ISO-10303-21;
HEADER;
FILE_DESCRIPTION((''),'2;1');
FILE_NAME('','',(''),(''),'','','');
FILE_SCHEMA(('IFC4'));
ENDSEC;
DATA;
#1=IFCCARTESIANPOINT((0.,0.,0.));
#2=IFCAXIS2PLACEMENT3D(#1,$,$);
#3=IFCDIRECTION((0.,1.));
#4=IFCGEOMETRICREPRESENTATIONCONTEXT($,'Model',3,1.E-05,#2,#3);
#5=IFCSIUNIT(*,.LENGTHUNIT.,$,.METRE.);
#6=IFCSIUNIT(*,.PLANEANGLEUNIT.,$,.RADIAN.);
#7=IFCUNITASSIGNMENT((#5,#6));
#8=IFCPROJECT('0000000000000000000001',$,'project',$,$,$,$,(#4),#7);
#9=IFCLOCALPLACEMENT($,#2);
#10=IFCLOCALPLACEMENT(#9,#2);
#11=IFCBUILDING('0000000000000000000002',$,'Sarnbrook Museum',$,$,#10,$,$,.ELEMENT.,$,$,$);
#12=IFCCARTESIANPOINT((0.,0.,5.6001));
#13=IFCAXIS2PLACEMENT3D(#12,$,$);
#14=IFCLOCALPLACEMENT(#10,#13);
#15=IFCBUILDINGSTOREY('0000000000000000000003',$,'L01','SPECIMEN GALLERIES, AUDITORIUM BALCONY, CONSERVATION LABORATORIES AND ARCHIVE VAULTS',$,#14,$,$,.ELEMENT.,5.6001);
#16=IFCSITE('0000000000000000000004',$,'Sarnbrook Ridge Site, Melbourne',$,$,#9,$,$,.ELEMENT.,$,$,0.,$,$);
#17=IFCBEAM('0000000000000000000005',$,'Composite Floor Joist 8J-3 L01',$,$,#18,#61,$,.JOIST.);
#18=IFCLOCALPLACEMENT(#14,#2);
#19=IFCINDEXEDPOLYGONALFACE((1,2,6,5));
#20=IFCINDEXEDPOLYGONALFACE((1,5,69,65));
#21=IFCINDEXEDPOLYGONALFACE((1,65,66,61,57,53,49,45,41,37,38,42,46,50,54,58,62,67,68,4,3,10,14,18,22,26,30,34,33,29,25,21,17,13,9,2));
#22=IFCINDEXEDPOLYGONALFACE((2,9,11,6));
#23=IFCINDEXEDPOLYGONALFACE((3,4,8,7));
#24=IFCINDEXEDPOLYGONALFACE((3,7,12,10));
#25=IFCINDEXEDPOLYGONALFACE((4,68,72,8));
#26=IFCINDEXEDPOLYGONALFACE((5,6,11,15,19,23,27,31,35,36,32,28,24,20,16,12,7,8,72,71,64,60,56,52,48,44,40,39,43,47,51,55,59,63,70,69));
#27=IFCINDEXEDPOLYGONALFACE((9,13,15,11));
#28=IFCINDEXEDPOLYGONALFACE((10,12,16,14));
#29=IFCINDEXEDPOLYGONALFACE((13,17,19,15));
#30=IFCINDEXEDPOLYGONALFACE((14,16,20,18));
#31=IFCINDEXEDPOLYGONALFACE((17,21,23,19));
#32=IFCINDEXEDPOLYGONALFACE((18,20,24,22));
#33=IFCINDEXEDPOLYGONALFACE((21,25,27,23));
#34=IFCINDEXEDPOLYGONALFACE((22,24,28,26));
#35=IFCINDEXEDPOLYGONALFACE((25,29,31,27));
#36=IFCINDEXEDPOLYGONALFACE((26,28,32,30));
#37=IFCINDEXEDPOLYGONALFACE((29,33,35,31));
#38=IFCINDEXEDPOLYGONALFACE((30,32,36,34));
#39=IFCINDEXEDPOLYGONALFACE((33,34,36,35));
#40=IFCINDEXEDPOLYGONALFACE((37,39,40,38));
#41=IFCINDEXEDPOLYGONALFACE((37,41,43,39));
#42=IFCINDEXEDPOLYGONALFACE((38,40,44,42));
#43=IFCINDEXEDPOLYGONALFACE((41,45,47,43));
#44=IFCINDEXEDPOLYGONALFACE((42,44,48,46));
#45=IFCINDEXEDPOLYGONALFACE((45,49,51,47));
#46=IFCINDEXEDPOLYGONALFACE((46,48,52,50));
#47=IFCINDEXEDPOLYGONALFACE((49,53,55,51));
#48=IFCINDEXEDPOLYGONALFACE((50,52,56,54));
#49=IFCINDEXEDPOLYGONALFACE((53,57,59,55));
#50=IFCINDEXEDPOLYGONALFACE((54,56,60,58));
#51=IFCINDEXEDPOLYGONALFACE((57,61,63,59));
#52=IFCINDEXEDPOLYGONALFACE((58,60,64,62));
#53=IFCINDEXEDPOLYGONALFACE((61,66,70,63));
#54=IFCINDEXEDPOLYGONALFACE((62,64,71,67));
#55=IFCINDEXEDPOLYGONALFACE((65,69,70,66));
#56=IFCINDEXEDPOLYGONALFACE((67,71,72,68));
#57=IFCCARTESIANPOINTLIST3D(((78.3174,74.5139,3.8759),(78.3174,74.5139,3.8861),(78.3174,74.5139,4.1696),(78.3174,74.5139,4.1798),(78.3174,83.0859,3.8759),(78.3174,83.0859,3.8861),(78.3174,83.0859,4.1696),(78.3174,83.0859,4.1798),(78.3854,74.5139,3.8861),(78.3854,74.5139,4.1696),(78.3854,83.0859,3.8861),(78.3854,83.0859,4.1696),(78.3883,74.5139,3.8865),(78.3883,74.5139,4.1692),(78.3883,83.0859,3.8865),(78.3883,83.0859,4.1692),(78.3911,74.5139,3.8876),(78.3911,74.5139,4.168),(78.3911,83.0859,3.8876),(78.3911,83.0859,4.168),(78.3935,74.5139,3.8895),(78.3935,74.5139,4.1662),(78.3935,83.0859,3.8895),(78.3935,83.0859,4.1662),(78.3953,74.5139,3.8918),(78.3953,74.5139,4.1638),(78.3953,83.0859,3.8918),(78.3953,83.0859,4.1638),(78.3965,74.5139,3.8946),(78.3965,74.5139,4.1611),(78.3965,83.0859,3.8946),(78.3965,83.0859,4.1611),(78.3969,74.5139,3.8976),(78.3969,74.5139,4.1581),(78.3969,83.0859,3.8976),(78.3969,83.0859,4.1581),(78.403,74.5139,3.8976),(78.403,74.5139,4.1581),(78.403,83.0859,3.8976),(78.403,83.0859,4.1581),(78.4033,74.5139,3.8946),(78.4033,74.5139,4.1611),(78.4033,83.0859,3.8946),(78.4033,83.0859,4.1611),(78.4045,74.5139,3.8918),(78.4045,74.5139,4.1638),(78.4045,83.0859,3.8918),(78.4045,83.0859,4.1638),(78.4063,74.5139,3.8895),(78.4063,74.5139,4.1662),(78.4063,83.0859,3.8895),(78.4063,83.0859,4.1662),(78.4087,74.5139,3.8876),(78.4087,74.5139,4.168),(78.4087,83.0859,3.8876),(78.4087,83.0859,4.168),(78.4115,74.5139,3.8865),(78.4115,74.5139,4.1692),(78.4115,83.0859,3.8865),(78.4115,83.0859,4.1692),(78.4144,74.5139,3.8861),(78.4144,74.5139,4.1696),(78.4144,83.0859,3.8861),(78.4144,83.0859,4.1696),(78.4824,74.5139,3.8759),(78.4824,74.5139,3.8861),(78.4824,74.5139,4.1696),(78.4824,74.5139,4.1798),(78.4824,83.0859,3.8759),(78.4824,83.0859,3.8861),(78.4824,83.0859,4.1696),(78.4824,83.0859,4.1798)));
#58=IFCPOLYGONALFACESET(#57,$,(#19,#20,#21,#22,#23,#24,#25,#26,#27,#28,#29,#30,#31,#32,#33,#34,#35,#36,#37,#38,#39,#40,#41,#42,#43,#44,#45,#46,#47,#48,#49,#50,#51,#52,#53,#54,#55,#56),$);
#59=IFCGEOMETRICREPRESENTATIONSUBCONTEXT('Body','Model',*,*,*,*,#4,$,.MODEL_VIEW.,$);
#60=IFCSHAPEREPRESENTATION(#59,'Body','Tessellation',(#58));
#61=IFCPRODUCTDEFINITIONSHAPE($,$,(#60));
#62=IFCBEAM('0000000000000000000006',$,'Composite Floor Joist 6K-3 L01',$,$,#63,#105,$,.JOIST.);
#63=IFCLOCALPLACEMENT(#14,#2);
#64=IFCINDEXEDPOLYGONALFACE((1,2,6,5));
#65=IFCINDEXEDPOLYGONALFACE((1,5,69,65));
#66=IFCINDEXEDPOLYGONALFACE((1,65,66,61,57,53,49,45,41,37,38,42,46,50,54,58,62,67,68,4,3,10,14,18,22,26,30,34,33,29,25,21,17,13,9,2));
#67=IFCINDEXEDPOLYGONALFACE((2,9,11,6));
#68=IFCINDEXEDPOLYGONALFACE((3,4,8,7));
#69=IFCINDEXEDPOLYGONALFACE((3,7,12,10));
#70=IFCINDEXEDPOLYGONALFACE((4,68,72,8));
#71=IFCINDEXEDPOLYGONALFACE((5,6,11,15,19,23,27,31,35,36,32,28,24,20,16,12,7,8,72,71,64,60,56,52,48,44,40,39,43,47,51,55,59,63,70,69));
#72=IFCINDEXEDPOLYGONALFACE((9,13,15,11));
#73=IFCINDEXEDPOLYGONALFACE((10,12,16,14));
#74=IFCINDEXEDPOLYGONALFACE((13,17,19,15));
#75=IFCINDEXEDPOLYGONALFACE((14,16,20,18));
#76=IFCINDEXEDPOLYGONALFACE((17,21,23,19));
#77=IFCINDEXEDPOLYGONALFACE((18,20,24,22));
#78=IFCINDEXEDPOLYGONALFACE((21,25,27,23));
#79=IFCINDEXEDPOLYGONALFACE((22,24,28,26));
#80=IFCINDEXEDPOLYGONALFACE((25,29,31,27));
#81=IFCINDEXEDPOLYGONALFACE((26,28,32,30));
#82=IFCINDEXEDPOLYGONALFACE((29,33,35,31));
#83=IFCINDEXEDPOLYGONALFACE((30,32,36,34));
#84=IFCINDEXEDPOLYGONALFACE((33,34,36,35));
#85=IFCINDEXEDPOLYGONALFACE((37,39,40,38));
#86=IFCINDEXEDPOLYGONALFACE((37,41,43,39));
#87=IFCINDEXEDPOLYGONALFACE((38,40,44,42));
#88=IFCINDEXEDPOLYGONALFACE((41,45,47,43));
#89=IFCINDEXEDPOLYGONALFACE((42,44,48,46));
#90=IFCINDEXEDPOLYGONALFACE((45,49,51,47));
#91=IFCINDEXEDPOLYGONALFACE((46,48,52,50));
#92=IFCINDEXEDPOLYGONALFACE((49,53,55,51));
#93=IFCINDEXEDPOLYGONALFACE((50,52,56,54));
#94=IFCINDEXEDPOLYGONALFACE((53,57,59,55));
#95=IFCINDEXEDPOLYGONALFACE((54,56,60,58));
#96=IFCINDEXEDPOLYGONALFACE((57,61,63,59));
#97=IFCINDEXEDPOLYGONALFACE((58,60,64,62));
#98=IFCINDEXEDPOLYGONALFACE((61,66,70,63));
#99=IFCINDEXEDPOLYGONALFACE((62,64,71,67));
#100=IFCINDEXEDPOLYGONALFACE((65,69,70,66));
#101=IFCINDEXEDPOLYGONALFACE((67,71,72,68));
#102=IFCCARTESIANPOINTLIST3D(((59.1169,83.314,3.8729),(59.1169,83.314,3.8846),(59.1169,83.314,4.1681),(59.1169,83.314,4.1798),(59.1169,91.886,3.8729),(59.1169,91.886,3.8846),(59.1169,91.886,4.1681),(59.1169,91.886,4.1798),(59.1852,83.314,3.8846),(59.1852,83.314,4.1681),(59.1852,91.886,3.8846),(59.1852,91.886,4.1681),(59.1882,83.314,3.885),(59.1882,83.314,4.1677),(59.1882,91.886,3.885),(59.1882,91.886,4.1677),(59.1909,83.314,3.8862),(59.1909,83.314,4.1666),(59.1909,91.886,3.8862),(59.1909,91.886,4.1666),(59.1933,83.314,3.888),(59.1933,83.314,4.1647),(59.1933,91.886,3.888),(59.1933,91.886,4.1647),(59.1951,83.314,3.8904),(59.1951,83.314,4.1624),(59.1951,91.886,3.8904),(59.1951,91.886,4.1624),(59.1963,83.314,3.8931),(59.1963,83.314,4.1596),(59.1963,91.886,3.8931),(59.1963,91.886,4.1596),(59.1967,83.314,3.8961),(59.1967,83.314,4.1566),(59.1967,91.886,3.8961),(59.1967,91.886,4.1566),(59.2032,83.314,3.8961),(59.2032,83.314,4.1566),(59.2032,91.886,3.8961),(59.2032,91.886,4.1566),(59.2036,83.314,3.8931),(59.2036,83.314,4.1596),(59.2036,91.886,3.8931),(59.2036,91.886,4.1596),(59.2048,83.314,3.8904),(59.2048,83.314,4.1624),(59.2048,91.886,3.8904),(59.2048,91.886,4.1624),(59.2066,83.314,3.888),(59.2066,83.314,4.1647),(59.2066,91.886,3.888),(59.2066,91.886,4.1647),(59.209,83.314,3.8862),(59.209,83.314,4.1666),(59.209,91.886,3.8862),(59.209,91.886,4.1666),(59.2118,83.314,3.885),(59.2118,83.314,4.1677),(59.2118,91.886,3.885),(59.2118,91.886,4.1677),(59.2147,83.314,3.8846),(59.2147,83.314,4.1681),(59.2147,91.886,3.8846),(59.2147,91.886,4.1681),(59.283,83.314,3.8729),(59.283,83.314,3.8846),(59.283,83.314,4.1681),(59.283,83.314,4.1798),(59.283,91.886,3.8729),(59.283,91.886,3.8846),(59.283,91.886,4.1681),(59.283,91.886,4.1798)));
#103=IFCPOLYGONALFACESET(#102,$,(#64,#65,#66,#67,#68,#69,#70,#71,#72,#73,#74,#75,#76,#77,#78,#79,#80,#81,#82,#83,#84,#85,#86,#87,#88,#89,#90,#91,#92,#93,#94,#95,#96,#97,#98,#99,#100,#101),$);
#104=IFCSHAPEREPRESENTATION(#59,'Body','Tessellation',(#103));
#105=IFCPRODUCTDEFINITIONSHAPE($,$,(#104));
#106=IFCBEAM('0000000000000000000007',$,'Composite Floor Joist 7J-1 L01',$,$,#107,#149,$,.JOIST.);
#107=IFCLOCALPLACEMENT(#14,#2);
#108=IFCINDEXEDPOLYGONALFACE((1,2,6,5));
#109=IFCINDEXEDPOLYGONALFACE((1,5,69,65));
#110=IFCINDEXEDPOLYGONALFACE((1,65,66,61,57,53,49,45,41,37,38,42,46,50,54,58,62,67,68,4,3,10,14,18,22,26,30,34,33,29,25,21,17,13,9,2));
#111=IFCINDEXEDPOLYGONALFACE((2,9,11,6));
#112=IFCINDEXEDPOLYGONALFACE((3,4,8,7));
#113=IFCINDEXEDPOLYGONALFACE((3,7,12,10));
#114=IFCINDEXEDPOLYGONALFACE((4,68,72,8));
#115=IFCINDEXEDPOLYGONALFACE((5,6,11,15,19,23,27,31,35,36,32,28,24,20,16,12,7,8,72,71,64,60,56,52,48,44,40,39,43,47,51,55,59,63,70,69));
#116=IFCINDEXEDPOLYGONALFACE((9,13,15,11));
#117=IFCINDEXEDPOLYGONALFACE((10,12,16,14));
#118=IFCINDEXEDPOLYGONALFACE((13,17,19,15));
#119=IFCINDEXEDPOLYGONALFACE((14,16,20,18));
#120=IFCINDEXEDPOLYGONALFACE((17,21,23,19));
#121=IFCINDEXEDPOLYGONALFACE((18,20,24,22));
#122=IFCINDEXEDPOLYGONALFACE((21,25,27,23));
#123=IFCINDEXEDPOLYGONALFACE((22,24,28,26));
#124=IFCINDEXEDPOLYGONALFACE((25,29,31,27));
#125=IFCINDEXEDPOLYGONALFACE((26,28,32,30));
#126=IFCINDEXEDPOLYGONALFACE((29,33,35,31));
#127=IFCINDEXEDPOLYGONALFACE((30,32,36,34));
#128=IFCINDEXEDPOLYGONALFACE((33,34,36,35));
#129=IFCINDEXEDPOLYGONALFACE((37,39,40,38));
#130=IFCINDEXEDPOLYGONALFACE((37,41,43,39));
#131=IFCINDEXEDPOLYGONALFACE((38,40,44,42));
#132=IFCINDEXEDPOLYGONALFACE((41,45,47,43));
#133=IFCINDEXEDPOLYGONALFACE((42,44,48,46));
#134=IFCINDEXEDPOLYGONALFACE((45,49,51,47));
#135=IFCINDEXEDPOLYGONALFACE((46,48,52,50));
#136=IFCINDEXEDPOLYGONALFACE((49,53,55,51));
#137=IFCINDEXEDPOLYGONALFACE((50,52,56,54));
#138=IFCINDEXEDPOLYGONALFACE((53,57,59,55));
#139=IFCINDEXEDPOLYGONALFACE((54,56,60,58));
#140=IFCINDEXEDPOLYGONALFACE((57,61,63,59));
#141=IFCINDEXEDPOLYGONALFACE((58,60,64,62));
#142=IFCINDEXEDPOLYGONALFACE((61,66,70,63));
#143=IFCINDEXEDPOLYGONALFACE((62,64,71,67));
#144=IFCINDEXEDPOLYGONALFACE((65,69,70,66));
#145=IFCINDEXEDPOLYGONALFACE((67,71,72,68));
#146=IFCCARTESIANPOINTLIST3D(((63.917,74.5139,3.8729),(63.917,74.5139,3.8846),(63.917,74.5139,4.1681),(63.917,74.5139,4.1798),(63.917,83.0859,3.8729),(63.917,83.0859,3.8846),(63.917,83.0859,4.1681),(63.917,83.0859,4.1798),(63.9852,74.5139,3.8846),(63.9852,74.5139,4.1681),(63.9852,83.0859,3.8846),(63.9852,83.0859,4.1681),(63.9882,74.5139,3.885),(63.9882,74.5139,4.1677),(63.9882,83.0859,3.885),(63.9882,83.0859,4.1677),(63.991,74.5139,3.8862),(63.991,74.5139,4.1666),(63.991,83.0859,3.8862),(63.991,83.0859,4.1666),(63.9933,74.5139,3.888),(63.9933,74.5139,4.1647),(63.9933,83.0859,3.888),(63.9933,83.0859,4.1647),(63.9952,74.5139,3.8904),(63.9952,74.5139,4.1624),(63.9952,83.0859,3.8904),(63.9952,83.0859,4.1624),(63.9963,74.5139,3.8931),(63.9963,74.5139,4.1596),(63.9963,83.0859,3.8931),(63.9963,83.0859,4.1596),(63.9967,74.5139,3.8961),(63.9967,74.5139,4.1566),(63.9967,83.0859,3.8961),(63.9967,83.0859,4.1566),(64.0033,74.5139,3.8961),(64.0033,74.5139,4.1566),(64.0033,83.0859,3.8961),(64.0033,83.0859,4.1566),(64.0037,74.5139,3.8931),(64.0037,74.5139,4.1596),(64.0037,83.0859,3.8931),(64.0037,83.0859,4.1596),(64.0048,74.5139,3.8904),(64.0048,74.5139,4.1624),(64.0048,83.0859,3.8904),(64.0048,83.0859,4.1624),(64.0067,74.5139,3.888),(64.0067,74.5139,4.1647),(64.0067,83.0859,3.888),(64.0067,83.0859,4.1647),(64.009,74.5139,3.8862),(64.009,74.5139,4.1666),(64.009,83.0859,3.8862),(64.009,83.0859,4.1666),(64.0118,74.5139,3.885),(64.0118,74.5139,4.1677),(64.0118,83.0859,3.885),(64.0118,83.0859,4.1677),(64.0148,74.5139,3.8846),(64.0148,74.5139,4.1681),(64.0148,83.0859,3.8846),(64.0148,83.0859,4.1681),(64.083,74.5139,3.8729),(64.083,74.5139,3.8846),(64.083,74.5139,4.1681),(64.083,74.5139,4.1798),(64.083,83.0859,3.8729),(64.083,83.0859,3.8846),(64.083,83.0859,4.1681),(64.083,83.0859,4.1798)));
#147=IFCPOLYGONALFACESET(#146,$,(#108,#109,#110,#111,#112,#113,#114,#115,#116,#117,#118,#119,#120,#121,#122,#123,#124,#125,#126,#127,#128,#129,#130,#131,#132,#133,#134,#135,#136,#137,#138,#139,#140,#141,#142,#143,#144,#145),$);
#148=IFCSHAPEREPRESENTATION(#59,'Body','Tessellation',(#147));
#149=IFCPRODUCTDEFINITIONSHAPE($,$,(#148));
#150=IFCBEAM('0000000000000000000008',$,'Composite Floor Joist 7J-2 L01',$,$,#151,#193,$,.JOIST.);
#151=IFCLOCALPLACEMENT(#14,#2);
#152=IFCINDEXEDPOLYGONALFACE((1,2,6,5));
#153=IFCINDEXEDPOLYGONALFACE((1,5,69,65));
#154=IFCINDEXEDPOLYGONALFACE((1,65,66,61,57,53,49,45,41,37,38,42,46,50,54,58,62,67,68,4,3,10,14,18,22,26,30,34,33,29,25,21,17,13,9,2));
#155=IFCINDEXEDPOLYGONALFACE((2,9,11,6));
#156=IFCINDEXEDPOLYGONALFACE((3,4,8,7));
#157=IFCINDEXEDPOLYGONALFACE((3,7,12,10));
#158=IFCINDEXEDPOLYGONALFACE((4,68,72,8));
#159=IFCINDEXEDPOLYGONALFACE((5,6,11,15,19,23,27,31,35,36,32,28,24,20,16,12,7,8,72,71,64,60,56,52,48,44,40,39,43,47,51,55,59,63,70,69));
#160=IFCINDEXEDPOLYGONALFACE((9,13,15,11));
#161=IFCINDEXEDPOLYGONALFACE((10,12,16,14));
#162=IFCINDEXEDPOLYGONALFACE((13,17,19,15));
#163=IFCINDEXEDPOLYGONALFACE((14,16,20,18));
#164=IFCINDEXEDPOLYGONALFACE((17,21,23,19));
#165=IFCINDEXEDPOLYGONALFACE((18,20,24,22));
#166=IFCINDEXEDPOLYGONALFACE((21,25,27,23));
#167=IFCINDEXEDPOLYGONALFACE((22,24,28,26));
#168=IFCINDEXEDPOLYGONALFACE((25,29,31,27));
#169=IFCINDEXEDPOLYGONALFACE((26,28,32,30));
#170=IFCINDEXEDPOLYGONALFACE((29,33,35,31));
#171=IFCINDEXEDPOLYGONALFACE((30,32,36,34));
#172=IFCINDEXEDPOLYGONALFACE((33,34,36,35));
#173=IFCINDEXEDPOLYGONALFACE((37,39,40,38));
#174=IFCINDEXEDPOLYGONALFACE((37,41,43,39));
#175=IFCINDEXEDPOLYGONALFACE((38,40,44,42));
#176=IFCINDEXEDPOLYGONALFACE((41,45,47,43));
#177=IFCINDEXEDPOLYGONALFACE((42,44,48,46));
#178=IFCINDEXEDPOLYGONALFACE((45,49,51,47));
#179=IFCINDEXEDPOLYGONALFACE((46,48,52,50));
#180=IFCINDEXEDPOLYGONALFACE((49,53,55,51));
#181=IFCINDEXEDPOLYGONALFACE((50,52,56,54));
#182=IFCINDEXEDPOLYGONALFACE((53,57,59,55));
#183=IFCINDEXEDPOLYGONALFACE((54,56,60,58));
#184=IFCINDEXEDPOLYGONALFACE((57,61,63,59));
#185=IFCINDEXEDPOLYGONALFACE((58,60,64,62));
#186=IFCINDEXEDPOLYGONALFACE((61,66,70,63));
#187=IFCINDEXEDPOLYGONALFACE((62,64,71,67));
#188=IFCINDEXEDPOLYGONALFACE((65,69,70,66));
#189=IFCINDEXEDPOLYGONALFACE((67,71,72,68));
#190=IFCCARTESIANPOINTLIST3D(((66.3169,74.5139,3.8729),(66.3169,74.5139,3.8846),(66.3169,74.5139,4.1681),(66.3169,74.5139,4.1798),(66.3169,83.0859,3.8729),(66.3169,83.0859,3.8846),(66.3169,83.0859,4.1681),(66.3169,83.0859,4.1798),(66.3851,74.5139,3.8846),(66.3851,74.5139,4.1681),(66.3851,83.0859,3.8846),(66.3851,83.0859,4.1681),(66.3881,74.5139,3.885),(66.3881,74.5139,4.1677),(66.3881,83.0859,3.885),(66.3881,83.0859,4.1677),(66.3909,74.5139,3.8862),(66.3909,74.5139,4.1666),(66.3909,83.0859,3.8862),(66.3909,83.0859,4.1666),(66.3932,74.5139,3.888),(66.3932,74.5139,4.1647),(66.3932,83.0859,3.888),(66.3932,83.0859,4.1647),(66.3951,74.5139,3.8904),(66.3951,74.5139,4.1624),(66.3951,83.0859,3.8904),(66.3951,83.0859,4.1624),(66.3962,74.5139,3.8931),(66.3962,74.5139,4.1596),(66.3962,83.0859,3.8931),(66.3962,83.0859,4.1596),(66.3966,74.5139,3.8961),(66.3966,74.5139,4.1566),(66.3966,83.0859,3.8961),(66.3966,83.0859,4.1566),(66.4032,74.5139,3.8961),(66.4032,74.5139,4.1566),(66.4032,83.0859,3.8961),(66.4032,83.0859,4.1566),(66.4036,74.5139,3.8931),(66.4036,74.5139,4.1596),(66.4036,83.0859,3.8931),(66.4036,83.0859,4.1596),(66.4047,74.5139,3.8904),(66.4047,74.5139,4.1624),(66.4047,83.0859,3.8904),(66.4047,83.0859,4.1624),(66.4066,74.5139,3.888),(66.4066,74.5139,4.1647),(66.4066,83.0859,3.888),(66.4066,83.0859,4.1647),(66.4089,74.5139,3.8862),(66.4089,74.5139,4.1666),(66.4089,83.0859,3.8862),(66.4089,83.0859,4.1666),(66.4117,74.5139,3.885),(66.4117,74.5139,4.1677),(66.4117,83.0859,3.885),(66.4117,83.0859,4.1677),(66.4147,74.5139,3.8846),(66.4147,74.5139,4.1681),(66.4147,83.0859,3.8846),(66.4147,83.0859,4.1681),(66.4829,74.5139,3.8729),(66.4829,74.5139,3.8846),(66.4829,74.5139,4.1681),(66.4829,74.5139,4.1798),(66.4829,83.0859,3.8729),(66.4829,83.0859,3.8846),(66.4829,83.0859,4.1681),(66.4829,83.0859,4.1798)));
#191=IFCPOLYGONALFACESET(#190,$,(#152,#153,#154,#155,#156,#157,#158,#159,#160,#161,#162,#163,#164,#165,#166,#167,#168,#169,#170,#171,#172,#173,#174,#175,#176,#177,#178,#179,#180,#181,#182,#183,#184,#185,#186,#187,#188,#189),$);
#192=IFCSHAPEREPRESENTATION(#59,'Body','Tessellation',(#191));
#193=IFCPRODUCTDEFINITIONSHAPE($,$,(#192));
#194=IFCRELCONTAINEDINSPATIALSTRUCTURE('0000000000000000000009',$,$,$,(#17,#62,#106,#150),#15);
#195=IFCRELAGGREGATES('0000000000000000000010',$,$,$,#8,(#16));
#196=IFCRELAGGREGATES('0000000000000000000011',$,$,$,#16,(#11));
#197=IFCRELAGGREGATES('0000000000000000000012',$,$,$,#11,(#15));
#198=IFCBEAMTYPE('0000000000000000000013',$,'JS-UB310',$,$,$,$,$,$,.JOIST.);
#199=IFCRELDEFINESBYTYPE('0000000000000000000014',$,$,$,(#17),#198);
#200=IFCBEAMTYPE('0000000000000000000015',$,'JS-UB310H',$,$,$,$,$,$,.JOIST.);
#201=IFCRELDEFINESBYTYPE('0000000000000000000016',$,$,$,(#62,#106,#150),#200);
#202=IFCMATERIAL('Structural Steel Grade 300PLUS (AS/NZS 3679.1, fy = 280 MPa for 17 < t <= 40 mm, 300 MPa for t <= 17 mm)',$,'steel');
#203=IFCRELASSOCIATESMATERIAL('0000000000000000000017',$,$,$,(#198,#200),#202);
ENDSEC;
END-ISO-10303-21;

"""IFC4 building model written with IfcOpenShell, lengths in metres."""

from ifc_helpers import new_model, si_unit, direction, frame, origin, origin_2d, place, context, subcontext, project, spatial, i_section, extrude, material, material_profile, profile_set, type_object, element, save


model = new_model("IFC4")

# Units and contexts
model_context = context("Model", 3, precision=1e-05, world=origin(), true_north=direction((0.0, 1.0)))
body_context = subcontext(model_context, "Body", "Model", "MODEL_VIEW")
ifc_project = project(units=[si_unit("LENGTHUNIT", "METRE"), si_unit("PLANEANGLEUNIT", "RADIAN")], contexts=[model_context])

# Site, building, storey
site_placement = place(None, origin())
site = spatial("IfcSite", under=ifc_project, at=site_placement, Name="Sarnbrook Ridge Site, Melbourne", CompositionType="ELEMENT", RefElevation=0.0)
building_placement = place(site_placement, origin())
building = spatial("IfcBuilding", under=site, at=building_placement, Name="Sarnbrook Museum", CompositionType="ELEMENT")
storey_placement = place(building_placement, frame((0.0, 0.0, 5.6001)))
storey = spatial("IfcBuildingStorey", under=building, at=storey_placement, Name="L01", Description="SPECIMEN GALLERIES, AUDITORIUM BALCONY, CONSERVATION LABORATORIES AND ARCHIVE VAULTS", CompositionType="ELEMENT", Elevation=5.6001)

# Beams
ifc_material_1 = material(Name="Structural Steel Grade 300PLUS (AS/NZS 3679.1, fy = 280 MPa for 17 < t <= 40 mm, 300 MPa for t <= 17 mm)", Category="steel")
ifc_material_profile_1 = material_profile(ifc_material_1, i_section(OverallWidth=0.165, OverallDepth=0.304, WebThickness=0.0061, FlangeThickness=0.0103, FilletRadius=0.0115, at=origin_2d()), Name="310UB40.4")
ifc_profile_set_1 = profile_set([ifc_material_profile_1], Name="Structural Steel Grade 300PLUS (AS/NZS 3679.1, fy = 280 MPa for 17 < t <= 40 mm, 300 MPa for t <= 17 mm)")
beam_type_1 = type_object("IfcBeamType", Name="JS-UB310", PredefinedType="JOIST", material=ifc_profile_set_1)
for number, where, z_axis, x_axis, name in (
    (1, (78.3999, 74.5139, 4.0278), (0.0, 1.0, 0.0), (-1.0, 0.0, 0.0), "Composite Floor Joist 8J-3 L01"),
):
    element("IfcBeam", number, at=place(storey_placement, frame(where, z_axis=z_axis, x_axis=x_axis)), inside=storey, type_object=beam_type_1, Name=name, PredefinedType="JOIST", context=body_context, shape_type="SweptSolid", body=[
        extrude(i_section(OverallWidth=0.165, OverallDepth=0.304, WebThickness=0.0061, FlangeThickness=0.0103, FilletRadius=0.0115, at=origin_2d()), origin(), (0.0, 0.0, 1.0), 8.572),
    ])
ifc_material_profile_2 = material_profile(ifc_material_1, i_section(OverallWidth=0.166, OverallDepth=0.3069, WebThickness=0.0066, FlangeThickness=0.0117, FilletRadius=0.0115, at=origin_2d()), Name="310UB46.2")
ifc_profile_set_2 = profile_set([ifc_material_profile_2], Name="Structural Steel Grade 300PLUS (AS/NZS 3679.1, fy = 280 MPa for 17 < t <= 40 mm, 300 MPa for t <= 17 mm)")
beam_type_2 = type_object("IfcBeamType", Name="JS-UB310H", PredefinedType="JOIST", material=ifc_profile_set_2)
for number, where, z_axis, x_axis, name in (
    (2, (59.2, 83.314, 4.0264), (0.0, 1.0, 0.0), (-1.0, 0.0, 0.0), "Composite Floor Joist 6K-3 L01"),
    (3, (64.0, 74.5139, 4.0264), (0.0, 1.0, 0.0), (-1.0, 0.0, 0.0), "Composite Floor Joist 7J-1 L01"),
    (4, (66.3999, 74.5139, 4.0264), (0.0, 1.0, 0.0), (-1.0, 0.0, 0.0), "Composite Floor Joist 7J-2 L01"),
):
    element("IfcBeam", number, at=place(storey_placement, frame(where, z_axis=z_axis, x_axis=x_axis)), inside=storey, type_object=beam_type_2, Name=name, PredefinedType="JOIST", context=body_context, shape_type="SweptSolid", body=[
        extrude(i_section(OverallWidth=0.166, OverallDepth=0.3069, WebThickness=0.0066, FlangeThickness=0.0117, FilletRadius=0.0115, at=origin_2d()), origin(), (0.0, 0.0, 1.0), 8.572),
    ])

save(model, "model.ifc")
